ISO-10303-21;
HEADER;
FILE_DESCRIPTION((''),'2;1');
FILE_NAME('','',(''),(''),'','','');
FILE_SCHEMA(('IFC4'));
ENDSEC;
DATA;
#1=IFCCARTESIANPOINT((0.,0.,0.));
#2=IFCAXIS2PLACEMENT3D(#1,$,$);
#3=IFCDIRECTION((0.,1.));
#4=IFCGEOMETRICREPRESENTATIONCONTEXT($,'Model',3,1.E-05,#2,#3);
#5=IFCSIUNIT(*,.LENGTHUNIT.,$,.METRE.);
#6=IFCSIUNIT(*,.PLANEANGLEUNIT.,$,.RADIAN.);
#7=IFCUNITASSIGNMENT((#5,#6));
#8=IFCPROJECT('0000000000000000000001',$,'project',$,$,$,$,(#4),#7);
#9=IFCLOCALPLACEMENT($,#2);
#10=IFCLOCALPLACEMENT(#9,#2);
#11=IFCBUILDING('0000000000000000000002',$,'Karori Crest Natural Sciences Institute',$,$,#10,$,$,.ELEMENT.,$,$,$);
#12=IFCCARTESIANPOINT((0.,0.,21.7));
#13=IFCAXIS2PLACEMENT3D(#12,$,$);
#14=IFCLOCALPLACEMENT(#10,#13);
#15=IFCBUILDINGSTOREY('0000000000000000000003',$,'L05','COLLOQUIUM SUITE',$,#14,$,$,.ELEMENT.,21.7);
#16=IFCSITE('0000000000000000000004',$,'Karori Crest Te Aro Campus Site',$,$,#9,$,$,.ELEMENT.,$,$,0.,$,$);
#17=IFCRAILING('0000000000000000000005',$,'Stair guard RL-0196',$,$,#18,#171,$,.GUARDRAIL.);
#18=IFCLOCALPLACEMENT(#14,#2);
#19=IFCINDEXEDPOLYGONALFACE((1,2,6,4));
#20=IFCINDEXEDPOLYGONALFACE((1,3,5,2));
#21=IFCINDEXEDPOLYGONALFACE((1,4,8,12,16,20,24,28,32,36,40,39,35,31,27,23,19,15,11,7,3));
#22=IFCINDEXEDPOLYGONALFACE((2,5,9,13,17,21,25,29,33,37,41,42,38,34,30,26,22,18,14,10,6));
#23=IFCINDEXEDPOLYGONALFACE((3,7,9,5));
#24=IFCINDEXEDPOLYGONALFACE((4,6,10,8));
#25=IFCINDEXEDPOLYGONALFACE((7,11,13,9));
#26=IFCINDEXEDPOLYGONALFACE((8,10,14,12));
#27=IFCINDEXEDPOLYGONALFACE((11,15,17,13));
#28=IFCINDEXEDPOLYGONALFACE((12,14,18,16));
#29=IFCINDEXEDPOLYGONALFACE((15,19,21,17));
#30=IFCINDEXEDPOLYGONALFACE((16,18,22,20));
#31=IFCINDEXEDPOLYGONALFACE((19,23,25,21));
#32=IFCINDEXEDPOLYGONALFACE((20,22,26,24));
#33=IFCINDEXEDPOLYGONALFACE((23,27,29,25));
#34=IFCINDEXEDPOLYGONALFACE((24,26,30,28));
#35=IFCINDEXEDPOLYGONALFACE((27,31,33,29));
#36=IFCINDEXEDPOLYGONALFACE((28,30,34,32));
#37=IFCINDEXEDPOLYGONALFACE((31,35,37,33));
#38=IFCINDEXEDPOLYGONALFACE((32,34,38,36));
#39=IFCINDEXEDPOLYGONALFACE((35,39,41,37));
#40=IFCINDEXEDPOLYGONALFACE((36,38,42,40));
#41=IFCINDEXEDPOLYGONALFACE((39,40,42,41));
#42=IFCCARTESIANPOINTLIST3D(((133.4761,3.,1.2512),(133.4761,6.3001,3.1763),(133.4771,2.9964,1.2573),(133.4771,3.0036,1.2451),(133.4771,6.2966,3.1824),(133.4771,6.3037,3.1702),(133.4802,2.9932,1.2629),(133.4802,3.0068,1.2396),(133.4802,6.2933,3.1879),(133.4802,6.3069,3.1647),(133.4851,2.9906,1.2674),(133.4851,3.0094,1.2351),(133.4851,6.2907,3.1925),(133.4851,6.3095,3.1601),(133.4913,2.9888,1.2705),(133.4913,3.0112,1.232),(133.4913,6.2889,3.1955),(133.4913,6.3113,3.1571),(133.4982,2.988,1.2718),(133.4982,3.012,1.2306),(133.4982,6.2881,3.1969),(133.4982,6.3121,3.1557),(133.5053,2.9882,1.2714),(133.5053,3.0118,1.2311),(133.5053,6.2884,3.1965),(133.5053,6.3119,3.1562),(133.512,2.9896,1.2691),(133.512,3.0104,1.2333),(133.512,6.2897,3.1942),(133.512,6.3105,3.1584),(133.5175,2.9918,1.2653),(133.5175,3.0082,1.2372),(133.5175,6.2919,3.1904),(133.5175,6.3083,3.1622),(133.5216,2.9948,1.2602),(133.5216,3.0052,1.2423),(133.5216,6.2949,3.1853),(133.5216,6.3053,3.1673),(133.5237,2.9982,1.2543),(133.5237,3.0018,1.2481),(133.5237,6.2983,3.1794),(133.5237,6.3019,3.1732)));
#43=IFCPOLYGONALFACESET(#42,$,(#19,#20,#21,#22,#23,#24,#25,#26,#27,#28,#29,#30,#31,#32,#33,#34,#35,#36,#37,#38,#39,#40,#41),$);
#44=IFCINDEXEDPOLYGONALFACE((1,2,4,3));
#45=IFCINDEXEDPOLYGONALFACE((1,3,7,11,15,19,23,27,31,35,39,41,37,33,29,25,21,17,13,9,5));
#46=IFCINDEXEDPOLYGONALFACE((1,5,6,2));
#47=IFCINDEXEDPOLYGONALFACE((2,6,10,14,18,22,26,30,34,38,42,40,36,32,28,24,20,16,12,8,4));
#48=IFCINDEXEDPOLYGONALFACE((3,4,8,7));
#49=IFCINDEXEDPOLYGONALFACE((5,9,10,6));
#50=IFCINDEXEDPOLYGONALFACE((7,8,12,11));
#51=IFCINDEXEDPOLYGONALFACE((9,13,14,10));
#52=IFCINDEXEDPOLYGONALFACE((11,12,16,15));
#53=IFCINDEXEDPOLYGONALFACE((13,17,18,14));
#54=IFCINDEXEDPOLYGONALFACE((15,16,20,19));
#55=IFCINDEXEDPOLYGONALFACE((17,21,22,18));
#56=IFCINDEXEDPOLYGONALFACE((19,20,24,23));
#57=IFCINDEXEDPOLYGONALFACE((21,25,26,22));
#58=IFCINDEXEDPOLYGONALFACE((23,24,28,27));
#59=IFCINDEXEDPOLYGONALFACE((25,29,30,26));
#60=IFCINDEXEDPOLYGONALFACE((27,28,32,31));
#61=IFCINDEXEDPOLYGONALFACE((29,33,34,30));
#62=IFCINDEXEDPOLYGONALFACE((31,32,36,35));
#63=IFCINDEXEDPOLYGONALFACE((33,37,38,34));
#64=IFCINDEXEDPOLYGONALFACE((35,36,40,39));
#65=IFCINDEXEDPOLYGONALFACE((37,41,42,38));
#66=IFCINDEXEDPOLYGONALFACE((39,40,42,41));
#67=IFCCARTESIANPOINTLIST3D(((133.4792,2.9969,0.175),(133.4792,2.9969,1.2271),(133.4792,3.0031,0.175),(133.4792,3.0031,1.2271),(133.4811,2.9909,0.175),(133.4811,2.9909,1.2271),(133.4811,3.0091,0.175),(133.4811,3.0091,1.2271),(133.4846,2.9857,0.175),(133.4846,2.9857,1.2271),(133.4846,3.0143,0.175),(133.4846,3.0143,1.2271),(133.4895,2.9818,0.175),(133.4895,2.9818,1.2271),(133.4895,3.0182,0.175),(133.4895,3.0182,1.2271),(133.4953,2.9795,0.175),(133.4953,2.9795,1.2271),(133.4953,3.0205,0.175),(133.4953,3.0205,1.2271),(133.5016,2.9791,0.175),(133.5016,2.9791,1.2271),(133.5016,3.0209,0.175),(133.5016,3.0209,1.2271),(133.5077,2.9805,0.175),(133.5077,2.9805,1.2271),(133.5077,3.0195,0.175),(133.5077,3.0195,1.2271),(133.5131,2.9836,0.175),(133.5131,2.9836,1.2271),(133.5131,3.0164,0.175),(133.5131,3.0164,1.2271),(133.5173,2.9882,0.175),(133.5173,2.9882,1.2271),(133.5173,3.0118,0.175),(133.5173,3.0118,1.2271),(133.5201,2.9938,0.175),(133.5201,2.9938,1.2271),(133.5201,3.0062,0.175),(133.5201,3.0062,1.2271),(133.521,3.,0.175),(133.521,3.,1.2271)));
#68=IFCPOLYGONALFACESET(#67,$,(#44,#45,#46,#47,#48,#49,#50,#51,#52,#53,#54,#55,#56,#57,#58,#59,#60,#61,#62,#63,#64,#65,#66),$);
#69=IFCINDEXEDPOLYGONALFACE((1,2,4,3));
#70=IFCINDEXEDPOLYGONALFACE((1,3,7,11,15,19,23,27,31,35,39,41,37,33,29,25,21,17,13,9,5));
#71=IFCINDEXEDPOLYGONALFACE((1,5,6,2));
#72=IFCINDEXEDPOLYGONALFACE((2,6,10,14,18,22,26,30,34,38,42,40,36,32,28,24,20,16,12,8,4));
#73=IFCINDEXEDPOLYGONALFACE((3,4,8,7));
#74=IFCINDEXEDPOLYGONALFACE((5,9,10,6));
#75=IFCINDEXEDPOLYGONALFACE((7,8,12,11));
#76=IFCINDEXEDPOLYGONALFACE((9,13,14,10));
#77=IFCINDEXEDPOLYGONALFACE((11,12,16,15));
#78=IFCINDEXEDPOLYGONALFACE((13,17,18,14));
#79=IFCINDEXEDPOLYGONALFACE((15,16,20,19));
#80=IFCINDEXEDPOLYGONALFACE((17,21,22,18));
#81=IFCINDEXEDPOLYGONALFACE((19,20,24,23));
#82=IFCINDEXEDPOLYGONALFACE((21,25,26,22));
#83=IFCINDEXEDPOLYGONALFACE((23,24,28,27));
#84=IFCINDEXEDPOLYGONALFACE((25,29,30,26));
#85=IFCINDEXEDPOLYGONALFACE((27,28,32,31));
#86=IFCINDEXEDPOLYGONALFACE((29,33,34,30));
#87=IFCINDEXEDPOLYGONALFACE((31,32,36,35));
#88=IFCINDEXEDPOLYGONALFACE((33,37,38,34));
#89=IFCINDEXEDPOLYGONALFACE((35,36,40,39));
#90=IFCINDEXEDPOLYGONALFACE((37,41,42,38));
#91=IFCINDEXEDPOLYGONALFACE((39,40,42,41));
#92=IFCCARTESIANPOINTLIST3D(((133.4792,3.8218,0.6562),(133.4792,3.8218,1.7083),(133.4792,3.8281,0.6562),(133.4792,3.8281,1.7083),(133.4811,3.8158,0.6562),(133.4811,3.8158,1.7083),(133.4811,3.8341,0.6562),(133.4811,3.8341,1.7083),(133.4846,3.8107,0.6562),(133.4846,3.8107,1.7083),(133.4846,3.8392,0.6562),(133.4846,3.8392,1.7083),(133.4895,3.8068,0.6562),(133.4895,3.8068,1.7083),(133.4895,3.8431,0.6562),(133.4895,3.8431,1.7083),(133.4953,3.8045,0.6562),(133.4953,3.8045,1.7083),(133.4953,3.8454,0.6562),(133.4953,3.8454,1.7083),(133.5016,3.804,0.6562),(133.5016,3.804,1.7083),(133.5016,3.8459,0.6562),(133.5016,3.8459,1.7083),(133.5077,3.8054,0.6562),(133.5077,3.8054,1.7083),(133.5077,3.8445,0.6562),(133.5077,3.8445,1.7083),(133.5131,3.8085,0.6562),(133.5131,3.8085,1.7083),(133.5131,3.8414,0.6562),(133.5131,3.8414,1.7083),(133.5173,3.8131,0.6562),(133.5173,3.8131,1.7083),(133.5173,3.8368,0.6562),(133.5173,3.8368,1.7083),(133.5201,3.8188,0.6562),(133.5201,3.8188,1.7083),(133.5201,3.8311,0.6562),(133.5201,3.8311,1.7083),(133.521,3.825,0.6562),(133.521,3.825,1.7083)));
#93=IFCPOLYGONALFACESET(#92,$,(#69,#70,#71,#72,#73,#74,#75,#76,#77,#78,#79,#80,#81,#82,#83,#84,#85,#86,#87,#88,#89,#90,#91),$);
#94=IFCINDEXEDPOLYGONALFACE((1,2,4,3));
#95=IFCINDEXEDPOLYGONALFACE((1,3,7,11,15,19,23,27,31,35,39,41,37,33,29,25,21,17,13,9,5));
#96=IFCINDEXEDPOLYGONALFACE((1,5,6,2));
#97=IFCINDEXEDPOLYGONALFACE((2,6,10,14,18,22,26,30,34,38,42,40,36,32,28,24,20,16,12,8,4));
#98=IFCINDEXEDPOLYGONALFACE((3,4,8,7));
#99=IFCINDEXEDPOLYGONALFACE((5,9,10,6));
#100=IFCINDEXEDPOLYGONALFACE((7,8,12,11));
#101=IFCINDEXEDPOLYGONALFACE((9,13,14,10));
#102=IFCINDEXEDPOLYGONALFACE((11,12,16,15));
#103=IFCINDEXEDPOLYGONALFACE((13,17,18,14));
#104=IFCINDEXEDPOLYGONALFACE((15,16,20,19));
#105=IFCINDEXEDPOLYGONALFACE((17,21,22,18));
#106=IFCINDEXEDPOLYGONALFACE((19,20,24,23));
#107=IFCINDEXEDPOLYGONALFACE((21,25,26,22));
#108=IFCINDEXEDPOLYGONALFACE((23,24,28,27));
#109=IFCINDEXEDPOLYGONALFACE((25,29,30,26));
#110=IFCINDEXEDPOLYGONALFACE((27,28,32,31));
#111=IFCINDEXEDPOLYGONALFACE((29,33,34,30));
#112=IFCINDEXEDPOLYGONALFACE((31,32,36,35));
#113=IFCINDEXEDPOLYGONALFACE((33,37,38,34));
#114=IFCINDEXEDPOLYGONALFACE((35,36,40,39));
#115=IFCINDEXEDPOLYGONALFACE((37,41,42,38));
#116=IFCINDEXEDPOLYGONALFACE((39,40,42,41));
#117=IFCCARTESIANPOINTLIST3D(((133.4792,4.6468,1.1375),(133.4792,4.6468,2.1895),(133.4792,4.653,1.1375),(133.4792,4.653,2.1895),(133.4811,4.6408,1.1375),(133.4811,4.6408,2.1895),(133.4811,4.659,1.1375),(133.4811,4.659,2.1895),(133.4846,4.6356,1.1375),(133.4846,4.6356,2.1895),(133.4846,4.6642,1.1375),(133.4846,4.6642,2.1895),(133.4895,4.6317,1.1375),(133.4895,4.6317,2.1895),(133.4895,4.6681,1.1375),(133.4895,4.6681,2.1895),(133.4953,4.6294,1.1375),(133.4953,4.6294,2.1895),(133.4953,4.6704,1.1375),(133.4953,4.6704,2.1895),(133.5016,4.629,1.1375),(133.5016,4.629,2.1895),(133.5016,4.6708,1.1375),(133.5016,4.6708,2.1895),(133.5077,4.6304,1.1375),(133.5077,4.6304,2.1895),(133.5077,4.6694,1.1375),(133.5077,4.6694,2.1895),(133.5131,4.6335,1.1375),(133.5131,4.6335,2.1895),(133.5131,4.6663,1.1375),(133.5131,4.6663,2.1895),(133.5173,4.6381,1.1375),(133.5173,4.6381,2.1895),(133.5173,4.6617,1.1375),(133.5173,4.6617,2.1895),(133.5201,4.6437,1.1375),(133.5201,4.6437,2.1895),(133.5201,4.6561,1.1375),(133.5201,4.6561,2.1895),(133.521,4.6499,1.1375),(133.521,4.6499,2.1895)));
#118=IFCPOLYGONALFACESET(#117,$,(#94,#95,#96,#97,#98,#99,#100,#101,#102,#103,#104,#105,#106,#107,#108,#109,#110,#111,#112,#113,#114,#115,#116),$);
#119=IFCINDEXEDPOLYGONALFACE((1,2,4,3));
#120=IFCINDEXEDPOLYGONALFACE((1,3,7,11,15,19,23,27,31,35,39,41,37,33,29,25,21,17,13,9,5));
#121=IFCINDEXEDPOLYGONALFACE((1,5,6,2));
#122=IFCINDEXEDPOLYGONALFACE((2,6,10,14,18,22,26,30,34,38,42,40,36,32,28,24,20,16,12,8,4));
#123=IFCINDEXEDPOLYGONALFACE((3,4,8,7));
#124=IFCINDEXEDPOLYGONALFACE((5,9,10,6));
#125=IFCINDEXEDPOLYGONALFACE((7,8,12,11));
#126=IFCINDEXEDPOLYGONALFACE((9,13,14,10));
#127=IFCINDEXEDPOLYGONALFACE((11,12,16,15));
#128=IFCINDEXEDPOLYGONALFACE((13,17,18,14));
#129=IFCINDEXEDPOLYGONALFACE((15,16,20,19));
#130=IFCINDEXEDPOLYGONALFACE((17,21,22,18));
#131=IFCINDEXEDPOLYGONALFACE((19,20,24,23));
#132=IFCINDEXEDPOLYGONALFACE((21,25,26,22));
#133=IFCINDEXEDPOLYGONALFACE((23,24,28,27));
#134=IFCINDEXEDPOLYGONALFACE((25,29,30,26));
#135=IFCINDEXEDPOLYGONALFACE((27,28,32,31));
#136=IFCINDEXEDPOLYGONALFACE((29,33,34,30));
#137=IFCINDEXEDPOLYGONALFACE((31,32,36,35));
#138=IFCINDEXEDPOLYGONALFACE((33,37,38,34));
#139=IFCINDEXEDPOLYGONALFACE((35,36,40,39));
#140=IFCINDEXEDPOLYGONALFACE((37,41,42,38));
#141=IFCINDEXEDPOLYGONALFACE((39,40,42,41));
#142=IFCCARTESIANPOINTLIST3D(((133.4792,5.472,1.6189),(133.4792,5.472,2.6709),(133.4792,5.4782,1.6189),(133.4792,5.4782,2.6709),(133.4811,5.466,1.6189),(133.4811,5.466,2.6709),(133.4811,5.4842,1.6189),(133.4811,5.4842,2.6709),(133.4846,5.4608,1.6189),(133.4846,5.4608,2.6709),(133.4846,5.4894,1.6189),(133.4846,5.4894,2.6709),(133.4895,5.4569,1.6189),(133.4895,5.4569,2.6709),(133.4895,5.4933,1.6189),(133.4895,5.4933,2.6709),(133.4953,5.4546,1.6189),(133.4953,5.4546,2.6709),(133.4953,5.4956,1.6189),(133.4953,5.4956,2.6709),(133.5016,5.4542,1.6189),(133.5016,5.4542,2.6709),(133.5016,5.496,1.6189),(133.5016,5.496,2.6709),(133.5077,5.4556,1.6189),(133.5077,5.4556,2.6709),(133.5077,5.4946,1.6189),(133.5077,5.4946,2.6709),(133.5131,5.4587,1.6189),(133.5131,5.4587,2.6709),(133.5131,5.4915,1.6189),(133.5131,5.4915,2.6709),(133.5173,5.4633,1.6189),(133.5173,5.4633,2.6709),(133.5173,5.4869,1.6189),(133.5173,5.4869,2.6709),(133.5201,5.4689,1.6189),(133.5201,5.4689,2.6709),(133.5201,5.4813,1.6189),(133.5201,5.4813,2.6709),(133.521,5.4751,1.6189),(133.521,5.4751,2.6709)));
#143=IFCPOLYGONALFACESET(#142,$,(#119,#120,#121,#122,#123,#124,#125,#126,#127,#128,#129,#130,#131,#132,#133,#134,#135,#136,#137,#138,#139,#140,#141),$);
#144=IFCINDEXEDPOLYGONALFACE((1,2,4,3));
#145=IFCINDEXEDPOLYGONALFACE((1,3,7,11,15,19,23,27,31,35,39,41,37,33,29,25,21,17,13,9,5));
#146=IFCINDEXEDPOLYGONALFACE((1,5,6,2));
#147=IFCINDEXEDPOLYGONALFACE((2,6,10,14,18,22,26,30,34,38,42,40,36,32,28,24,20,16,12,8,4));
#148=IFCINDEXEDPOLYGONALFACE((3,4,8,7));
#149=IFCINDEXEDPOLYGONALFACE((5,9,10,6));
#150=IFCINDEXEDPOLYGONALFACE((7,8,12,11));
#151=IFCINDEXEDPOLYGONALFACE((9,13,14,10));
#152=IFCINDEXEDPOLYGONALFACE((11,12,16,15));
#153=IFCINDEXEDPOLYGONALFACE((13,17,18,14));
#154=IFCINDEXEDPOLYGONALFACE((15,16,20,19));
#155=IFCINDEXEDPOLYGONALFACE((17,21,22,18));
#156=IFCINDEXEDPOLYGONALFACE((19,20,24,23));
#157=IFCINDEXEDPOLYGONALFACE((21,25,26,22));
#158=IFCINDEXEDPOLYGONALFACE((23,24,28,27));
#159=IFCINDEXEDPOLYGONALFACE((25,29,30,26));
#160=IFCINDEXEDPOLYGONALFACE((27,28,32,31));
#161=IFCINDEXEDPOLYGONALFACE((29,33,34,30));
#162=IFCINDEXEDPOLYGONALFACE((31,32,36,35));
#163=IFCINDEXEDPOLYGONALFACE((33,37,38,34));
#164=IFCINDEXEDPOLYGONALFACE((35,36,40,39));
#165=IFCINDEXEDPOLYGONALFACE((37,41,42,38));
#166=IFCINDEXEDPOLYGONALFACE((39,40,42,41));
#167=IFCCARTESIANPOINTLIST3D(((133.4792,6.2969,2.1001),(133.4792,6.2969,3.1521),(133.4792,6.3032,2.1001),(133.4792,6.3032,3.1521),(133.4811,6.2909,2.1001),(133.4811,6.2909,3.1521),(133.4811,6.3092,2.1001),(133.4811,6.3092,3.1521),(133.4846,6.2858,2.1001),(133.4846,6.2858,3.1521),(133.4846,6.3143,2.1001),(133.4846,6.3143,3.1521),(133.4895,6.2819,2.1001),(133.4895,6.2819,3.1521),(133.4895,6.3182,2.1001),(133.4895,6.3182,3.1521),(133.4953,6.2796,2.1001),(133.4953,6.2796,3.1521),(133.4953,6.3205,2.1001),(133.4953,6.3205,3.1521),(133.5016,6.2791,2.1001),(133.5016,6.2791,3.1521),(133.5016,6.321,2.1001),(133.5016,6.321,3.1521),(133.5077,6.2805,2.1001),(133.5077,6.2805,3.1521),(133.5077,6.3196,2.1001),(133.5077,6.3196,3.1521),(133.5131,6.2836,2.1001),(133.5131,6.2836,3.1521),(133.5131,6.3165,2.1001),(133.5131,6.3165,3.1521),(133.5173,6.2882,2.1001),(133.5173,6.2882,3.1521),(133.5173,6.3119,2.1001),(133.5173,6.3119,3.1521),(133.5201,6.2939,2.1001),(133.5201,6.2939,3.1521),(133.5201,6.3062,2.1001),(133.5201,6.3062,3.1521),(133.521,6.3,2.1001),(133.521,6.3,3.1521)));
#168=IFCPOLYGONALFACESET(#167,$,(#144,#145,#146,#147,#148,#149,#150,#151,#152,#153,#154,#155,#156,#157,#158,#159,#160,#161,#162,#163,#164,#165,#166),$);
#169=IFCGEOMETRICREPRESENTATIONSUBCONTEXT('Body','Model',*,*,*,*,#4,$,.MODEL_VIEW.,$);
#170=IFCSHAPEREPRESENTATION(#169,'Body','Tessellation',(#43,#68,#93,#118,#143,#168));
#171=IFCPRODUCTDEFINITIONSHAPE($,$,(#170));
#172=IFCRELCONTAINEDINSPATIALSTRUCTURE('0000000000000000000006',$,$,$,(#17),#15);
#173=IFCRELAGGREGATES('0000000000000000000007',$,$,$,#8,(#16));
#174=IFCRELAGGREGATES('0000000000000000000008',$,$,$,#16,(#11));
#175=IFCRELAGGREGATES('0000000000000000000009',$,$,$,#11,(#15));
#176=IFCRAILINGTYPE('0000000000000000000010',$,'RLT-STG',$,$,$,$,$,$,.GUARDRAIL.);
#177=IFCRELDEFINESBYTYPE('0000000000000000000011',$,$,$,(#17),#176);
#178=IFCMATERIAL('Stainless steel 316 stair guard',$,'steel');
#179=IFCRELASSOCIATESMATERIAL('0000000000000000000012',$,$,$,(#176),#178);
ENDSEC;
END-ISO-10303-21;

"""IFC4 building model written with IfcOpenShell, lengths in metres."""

from ifc_helpers import new_model, si_unit, direction, frame, origin, origin_2d, place, context, subcontext, project, spatial, circle, extrude, material, type_object, element, save


model = new_model("IFC4")

# Units and contexts
model_context = context("Model", 3, precision=1e-05, world=origin(), true_north=direction((0.0, 1.0)))
body_context = subcontext(model_context, "Body", "Model", "MODEL_VIEW")
ifc_project = project(units=[si_unit("LENGTHUNIT", "METRE"), si_unit("PLANEANGLEUNIT", "RADIAN")], contexts=[model_context])

# Site, building, storey
site_placement = place(None, origin())
site = spatial("IfcSite", under=ifc_project, at=site_placement, Name="Karori Crest Te Aro Campus Site", CompositionType="ELEMENT", RefElevation=0.0)
building_placement = place(site_placement, origin())
building = spatial("IfcBuilding", under=site, at=building_placement, Name="Karori Crest Natural Sciences Institute", CompositionType="ELEMENT")
storey_placement = place(building_placement, frame((0.0, 0.0, 21.7)))
storey = spatial("IfcBuildingStorey", under=building, at=storey_placement, Name="L05", Description="COLLOQUIUM SUITE", CompositionType="ELEMENT", Elevation=21.7)

# Railing
ifc_material_1 = material(Name="Stainless steel 316 stair guard", Category="steel")
railing_type_1 = type_object("IfcRailingType", Name="RLT-STG", PredefinedType="GUARDRAIL", material=ifc_material_1)
railing_1_placement = place(storey_placement, frame((133.5, 3.0, 0.175)))
element("IfcRailing", 1, at=railing_1_placement, inside=storey, type_object=railing_type_1, Name="Stair guard RL-0196", PredefinedType="GUARDRAIL", context=body_context, shape_type="SweptSolid", body=[
    extrude(circle(Radius=0.0239, at=origin_2d()), frame((0.0, 0.0, 1.0762), z_axis=(0.0, 0.863777, 0.503875), x_axis=(-1.0, 0.0, 0.0)), (0.0, 0.0, 1.0), 3.8206),
    extrude(circle(Radius=0.021, at=origin_2d()), origin(), (0.0, 0.0, 1.0), 1.052),
    extrude(circle(Radius=0.021, at=origin_2d()), frame((0.0, 0.825, 0.4812)), (0.0, 0.0, 1.0), 1.052),
    extrude(circle(Radius=0.021, at=origin_2d()), frame((0.0, 1.6499, 0.9624)), (0.0, 0.0, 1.0), 1.052),
    extrude(circle(Radius=0.021, at=origin_2d()), frame((0.0, 2.4751, 1.4438)), (0.0, 0.0, 1.0), 1.052),
    extrude(circle(Radius=0.021, at=origin_2d()), frame((0.0, 3.3, 1.925)), (0.0, 0.0, 1.0), 1.052),
])

save(model, "model.ifc")
